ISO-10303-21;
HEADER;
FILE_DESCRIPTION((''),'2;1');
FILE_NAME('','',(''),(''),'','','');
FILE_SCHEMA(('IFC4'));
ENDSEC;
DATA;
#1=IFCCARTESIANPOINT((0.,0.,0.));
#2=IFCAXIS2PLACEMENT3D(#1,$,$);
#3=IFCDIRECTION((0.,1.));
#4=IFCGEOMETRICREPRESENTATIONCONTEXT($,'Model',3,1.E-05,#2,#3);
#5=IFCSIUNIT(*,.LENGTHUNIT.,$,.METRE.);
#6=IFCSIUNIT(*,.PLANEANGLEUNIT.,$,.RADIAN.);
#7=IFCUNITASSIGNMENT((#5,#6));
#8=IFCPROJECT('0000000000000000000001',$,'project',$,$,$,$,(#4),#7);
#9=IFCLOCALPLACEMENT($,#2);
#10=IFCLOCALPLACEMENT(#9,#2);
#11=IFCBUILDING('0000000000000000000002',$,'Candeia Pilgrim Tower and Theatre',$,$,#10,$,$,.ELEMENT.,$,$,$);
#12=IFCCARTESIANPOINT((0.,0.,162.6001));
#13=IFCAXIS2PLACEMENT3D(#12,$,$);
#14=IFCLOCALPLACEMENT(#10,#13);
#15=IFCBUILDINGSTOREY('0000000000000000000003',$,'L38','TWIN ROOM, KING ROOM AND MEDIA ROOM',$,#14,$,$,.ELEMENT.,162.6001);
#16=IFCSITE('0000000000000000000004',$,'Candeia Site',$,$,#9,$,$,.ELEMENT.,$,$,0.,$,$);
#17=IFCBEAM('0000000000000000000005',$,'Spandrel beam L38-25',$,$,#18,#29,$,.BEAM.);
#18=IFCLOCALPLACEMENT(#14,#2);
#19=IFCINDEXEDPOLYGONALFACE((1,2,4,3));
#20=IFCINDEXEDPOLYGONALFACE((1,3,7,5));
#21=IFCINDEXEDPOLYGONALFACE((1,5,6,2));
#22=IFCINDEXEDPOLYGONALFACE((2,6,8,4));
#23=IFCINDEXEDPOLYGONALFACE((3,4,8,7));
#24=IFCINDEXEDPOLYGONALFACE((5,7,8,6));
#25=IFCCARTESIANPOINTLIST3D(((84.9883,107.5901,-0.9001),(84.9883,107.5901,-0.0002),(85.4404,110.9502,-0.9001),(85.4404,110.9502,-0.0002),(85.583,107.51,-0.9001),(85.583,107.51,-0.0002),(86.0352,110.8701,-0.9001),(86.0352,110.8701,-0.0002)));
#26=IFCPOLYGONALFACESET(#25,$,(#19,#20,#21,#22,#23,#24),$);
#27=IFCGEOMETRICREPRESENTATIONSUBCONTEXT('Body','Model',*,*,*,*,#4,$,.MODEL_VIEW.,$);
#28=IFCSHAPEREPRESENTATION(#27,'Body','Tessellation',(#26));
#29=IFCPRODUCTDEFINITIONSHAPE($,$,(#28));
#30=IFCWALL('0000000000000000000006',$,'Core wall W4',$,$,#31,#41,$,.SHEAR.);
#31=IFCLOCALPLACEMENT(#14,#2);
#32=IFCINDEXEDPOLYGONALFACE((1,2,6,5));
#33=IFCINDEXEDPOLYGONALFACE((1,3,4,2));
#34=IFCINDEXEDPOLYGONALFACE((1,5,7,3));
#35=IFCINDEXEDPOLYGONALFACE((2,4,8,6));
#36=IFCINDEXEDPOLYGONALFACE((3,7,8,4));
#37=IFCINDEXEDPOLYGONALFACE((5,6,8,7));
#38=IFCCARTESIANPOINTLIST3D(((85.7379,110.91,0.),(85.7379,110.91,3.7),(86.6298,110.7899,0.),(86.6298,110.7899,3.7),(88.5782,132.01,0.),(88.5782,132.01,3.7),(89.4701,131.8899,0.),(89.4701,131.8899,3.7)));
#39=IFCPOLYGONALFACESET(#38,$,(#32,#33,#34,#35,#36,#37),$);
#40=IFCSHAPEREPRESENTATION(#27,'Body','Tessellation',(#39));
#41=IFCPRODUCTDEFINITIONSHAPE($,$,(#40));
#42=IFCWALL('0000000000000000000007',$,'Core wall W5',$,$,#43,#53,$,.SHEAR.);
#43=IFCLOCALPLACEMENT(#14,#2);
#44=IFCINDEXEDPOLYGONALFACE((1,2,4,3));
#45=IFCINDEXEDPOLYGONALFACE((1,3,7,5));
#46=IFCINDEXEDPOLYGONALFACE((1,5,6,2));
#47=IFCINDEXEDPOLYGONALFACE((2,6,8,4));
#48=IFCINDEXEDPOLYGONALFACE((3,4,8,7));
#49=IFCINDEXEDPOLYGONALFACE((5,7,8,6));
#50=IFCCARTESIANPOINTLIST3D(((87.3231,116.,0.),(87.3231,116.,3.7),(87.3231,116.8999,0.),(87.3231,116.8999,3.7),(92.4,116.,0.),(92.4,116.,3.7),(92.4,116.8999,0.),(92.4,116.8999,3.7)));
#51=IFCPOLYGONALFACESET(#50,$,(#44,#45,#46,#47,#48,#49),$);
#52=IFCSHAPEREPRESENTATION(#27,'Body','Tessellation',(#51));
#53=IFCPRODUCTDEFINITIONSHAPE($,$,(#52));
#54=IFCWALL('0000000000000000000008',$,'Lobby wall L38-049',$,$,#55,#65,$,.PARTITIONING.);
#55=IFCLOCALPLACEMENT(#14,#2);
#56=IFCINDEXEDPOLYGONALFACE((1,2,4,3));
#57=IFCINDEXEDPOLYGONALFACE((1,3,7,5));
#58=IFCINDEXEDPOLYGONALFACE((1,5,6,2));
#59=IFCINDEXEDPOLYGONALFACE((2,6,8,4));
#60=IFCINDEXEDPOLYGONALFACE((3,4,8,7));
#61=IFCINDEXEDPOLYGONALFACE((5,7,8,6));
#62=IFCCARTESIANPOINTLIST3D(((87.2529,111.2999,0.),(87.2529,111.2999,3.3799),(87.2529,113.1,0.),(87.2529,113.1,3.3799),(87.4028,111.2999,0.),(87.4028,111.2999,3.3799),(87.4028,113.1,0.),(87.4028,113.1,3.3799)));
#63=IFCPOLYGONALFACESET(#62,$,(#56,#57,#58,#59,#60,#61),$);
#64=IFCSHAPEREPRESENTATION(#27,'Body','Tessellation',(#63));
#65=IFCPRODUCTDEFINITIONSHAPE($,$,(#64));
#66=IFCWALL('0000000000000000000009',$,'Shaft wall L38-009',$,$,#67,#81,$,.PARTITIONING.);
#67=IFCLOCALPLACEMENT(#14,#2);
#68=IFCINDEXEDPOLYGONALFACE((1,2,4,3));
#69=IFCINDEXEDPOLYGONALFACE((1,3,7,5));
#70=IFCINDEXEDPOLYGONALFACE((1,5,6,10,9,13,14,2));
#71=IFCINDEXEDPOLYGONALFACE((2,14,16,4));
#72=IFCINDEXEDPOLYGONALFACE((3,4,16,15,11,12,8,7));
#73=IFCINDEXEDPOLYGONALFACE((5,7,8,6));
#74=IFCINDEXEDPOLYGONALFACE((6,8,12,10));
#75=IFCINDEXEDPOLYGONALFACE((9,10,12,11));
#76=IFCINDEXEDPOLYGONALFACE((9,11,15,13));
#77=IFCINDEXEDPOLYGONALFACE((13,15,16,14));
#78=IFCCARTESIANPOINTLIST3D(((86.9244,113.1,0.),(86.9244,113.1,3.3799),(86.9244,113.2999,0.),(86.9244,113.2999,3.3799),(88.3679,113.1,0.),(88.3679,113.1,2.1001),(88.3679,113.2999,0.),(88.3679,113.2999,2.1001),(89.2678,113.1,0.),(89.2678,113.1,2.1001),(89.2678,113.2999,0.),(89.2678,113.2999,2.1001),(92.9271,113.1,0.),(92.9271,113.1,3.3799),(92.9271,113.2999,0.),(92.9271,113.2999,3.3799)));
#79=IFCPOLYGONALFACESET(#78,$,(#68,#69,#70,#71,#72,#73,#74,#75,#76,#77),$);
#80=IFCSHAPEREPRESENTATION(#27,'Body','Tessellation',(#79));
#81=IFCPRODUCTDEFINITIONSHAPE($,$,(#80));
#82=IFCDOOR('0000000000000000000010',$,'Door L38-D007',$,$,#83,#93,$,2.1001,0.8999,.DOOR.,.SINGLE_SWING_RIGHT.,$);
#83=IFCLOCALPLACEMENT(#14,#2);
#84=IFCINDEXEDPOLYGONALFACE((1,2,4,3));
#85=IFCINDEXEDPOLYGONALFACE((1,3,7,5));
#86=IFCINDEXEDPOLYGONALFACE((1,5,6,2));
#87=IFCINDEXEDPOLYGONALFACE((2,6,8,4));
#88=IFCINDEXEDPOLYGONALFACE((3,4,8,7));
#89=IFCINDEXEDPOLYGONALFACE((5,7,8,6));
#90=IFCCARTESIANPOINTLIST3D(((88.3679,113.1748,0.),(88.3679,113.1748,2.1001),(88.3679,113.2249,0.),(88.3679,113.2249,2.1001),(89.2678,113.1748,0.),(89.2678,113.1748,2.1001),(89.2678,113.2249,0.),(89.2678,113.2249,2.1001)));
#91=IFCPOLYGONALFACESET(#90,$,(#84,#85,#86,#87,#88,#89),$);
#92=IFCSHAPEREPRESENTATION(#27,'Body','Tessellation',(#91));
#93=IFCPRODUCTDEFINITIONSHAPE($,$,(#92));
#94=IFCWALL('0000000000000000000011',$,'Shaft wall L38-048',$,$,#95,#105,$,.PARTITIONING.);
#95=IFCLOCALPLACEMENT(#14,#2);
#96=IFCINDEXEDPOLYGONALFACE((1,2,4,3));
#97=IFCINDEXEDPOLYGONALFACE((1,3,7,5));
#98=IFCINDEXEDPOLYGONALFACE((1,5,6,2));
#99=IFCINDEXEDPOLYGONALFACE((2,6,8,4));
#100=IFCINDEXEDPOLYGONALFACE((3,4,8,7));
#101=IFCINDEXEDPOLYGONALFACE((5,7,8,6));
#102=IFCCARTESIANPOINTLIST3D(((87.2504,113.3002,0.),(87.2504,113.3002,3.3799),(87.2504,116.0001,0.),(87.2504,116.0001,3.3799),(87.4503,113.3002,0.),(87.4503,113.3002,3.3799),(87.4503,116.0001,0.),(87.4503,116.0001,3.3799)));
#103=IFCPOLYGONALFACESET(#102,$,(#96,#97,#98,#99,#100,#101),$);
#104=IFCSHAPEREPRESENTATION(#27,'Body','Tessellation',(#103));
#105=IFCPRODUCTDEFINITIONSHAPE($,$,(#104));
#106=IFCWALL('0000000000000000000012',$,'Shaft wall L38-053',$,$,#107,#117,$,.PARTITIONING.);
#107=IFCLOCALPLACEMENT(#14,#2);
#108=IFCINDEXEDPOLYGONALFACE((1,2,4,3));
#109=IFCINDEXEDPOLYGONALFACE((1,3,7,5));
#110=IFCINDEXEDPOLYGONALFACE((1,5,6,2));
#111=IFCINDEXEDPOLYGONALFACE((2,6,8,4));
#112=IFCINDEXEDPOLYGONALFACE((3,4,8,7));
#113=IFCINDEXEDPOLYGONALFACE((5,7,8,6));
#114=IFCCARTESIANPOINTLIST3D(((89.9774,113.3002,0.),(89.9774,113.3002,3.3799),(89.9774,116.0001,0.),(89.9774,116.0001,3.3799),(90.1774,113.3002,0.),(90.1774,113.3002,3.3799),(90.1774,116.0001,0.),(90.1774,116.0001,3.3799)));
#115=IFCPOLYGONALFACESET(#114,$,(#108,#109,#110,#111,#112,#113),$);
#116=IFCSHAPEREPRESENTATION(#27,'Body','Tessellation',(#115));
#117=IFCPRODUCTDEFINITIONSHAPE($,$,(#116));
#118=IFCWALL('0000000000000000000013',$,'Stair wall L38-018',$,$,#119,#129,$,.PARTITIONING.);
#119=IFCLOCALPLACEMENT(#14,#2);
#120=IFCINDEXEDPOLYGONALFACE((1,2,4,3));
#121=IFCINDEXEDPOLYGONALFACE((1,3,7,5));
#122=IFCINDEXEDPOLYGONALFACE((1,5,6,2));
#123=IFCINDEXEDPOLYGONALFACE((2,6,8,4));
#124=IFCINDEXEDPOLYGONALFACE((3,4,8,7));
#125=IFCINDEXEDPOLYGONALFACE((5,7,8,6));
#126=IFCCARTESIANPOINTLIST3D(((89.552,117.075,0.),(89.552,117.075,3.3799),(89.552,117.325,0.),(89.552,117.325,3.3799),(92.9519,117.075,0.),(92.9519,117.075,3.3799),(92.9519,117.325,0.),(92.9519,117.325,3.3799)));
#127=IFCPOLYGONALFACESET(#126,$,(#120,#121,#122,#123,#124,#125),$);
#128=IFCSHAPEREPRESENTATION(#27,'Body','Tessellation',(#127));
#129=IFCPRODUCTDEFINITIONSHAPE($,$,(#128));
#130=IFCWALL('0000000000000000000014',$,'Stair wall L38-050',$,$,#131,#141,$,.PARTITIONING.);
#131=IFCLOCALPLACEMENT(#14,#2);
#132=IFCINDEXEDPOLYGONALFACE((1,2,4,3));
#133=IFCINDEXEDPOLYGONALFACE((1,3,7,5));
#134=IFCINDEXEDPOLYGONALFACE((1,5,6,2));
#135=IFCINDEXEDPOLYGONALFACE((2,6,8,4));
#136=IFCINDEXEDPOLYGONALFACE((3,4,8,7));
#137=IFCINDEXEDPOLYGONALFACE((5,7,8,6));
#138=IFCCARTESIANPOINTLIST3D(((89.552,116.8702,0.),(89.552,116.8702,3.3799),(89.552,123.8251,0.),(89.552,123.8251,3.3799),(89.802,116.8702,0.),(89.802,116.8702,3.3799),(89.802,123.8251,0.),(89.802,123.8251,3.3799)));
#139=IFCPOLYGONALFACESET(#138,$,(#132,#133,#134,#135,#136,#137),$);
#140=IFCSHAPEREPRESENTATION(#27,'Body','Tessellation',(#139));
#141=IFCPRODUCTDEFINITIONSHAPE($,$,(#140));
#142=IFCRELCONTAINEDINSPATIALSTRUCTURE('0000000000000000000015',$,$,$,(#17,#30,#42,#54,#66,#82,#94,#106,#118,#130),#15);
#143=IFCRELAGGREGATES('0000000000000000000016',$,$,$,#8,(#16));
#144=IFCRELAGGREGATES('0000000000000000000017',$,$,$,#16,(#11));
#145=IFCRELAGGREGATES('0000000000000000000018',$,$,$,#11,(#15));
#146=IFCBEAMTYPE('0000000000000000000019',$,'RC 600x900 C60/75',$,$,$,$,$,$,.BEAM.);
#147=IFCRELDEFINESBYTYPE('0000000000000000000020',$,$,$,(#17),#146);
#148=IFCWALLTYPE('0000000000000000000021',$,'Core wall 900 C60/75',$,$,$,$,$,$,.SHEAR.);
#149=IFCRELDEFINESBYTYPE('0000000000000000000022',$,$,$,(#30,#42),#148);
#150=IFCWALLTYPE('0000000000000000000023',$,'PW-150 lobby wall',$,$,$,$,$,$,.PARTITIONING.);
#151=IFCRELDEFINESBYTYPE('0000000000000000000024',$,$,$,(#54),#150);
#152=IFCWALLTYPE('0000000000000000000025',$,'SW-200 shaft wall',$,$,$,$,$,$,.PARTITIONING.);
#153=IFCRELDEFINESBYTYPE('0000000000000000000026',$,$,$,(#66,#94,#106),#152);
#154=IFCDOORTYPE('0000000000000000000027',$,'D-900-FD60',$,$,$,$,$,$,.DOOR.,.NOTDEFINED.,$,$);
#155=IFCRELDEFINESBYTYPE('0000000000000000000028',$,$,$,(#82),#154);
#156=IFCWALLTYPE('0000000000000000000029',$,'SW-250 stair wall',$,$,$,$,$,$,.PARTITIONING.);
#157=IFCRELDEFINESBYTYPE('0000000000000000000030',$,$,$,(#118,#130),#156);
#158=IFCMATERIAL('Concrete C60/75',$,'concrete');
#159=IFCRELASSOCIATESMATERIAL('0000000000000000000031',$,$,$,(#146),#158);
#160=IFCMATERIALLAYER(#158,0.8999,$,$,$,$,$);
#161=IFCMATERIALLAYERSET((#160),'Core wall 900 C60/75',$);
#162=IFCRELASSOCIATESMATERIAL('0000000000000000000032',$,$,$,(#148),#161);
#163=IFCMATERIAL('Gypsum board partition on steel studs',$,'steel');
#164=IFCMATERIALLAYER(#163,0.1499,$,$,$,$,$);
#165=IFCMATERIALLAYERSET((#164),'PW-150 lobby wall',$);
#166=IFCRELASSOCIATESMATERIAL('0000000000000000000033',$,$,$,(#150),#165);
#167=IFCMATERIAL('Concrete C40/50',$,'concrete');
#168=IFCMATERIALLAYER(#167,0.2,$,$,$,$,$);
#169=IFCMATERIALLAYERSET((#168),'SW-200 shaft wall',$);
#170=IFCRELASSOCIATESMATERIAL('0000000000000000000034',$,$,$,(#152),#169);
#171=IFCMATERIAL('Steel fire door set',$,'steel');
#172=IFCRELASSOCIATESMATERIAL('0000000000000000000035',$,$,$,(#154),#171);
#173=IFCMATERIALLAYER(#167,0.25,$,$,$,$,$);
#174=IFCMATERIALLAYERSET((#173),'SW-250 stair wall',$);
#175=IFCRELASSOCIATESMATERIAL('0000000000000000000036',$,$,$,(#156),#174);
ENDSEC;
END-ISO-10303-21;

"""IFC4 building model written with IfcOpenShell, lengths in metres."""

from ifc_helpers import new_model, si_unit, direction, frame, frame_2d, origin, origin_2d, place, context, subcontext, project, spatial, rectangle, extrude, material, layer, layer_set, material_profile, profile_set, type_object, element, fill, save


model = new_model("IFC4")

# Units and contexts
model_context = context("Model", 3, precision=1e-05, world=origin(), true_north=direction((0.0, 1.0)))
body_context = subcontext(model_context, "Body", "Model", "MODEL_VIEW")
ifc_project = project(units=[si_unit("LENGTHUNIT", "METRE"), si_unit("PLANEANGLEUNIT", "RADIAN")], contexts=[model_context])

# Site, building, storey
site_placement = place(None, origin())
site = spatial("IfcSite", under=ifc_project, at=site_placement, Name="Candeia Site", CompositionType="ELEMENT", RefElevation=0.0)
building_placement = place(site_placement, origin())
building = spatial("IfcBuilding", under=site, at=building_placement, Name="Candeia Pilgrim Tower and Theatre", CompositionType="ELEMENT")
storey_placement = place(building_placement, frame((0.0, 0.0, 162.6001)))
storey = spatial("IfcBuildingStorey", under=building, at=storey_placement, Name="L38", Description="TWIN ROOM, KING ROOM AND MEDIA ROOM", CompositionType="ELEMENT", Elevation=162.6001)

# Beam
ifc_material_1 = material(Name="Concrete C60/75", Category="concrete")
ifc_material_profile = material_profile(ifc_material_1, rectangle(XDim=0.6001, YDim=0.8999, at=origin_2d()))
ifc_profile_set = profile_set([ifc_material_profile], Name="Concrete C60/75")
beam_type = type_object("IfcBeamType", Name="RC 600x900 C60/75", PredefinedType="BEAM", material=ifc_profile_set)
beam_placement = place(storey_placement, frame((85.7378, 110.9102, -0.4502), z_axis=(-0.133362, -0.991067, 0.0), x_axis=(0.991067, -0.133362, 0.0)))
element("IfcBeam", 1, at=beam_placement, inside=storey, type_object=beam_type, Name="Spandrel beam L38-25", PredefinedType="BEAM", context=body_context, shape_type="SweptSolid", body=[
    extrude(rectangle(XDim=0.6001, YDim=0.8999, at=origin_2d()), origin(), (0.0, 0.0, 1.0), 3.3904),
])

# Walls
ifc_layer_1 = layer(ifc_material_1, 0.8999)
ifc_layer_set_1 = layer_set([ifc_layer_1], Name="Core wall 900 C60/75")
wall_type_1 = type_object("IfcWallType", Name="Core wall 900 C60/75", PredefinedType="SHEAR", material=ifc_layer_set_1)
wall_1_placement = place(storey_placement, frame((86.1838, 110.8501, 0.0), z_axis=(0.0, 0.0, 1.0), x_axis=(0.13341, 0.991061, 0.0)))
element("IfcWall", 2, at=wall_1_placement, inside=storey, type_object=wall_type_1, Name="Core wall W4", PredefinedType="SHEAR", context=body_context, shape_type="SweptSolid", body=[
    extrude(rectangle(XDim=21.2903, YDim=0.8999, at=frame_2d((10.645, 0.0))), origin(), (0.0, 0.0, 1.0), 3.7),
])
wall_2_placement = place(storey_placement, frame((87.323, 116.45, 0.0), z_axis=(0.0, 0.0, 1.0), x_axis=(1.0, 0.0, 0.0)))
element("IfcWall", 3, at=wall_2_placement, inside=storey, type_object=wall_type_1, Name="Core wall W5", PredefinedType="SHEAR", context=body_context, shape_type="SweptSolid", body=[
    extrude(rectangle(XDim=5.0769, YDim=0.8999, at=frame_2d((2.5386, 0.0))), origin(), (0.0, 0.0, 1.0), 3.7),
])
ifc_material_2 = material(Name="Gypsum board partition on steel studs", Category="steel")
ifc_layer_2 = layer(ifc_material_2, 0.1499)
ifc_layer_set_2 = layer_set([ifc_layer_2], Name="PW-150 lobby wall")
wall_type_2 = type_object("IfcWallType", Name="PW-150 lobby wall", PredefinedType="PARTITIONING", material=ifc_layer_set_2)
wall_3_placement = place(storey_placement, frame((87.3279, 111.3, 0.0), z_axis=(0.0, 0.0, 1.0), x_axis=(0.0, 1.0, 0.0)))
element("IfcWall", 4, at=wall_3_placement, inside=storey, type_object=wall_type_2, Name="Lobby wall L38-049", PredefinedType="PARTITIONING", context=body_context, shape_type="SweptSolid", body=[
    extrude(rectangle(XDim=1.8, YDim=0.1499, at=frame_2d((0.8999, 0.0))), origin(), (0.0, 0.0, 1.0), 3.3799),
])

# Wall, opening, door
ifc_material_3 = material(Name="Concrete C40/50", Category="concrete")
ifc_layer_3 = layer(ifc_material_3, 0.2)
ifc_layer_set_3 = layer_set([ifc_layer_3], Name="SW-200 shaft wall")
wall_type_3 = type_object("IfcWallType", Name="SW-200 shaft wall", PredefinedType="PARTITIONING", material=ifc_layer_set_3)
wall_4_placement = place(storey_placement, frame((86.9243, 113.2, 0.0), z_axis=(0.0, 0.0, 1.0), x_axis=(1.0, 0.0, 0.0)))
wall_4 = element("IfcWall", 5, at=wall_4_placement, inside=storey, type_object=wall_type_3, Name="Shaft wall L38-009", PredefinedType="PARTITIONING", context=body_context, shape_type="SweptSolid", body=[
    extrude(rectangle(XDim=6.0027, YDim=0.2, at=frame_2d((3.0015, 0.0))), origin(), (0.0, 0.0, 1.0), 3.3799),
])
opening_placement = place(wall_4_placement, frame((1.4436, 0.0, 0.0)))
opening = element("IfcOpeningElement", 6, at=opening_placement, cuts=wall_4, PredefinedType="OPENING", context=body_context, shape_type="SweptSolid", body=[
    extrude(rectangle(XDim=0.8999, YDim=2.1001, at=frame_2d((0.45, 1.05))), frame((0.0, 0.1099, 0.0), z_axis=(0.0, -1.0, 0.0), x_axis=(1.0, 0.0, 0.0)), (0.0, 0.0, 1.0), 0.22),
])
ifc_material_4 = material(Name="Steel fire door set", Category="steel")
door_type = type_object("IfcDoorType", Name="D-900-FD60", OperationType="NOTDEFINED", PredefinedType="DOOR", material=ifc_material_4)
door_placement = place(opening_placement, origin())
door = element("IfcDoor", 7, at=door_placement, inside=storey, type_object=door_type, Name="Door L38-D007", OperationType="SINGLE_SWING_RIGHT", OverallHeight=2.1001, OverallWidth=0.8999, PredefinedType="DOOR", context=body_context, shape_type="SweptSolid", body=[
    extrude(rectangle(XDim=0.8999, YDim=2.1001, at=frame_2d((0.45, 1.05))), frame((0.0, 0.0249, 0.0), z_axis=(0.0, -1.0, 0.0), x_axis=(1.0, 0.0, 0.0)), (0.0, 0.0, 1.0), 0.05),
])
fill(opening, door)

# Walls
for number, where, z_axis, x_axis, name in (
    (8, (87.3503, 113.3, 0.0), (0.0, 0.0, 1.0), (0.0, 1.0, 0.0), "Shaft wall L38-048"),
    (9, (90.0774, 113.3, 0.0), (0.0, 0.0, 1.0), (0.0, 1.0, 0.0), "Shaft wall L38-053"),
):
    element("IfcWall", number, at=place(storey_placement, frame(where, z_axis=z_axis, x_axis=x_axis)), inside=storey, type_object=wall_type_3, Name=name, PredefinedType="PARTITIONING", context=body_context, shape_type="SweptSolid", body=[
        extrude(rectangle(XDim=2.7, YDim=0.2, at=frame_2d((1.3501, 0.0))), origin(), (0.0, 0.0, 1.0), 3.3799),
    ])
ifc_layer_4 = layer(ifc_material_3, 0.25)
ifc_layer_set_4 = layer_set([ifc_layer_4], Name="SW-250 stair wall")
wall_type_4 = type_object("IfcWallType", Name="SW-250 stair wall", PredefinedType="PARTITIONING", material=ifc_layer_set_4)
wall_5_placement = place(storey_placement, frame((89.552, 117.2, 0.0), z_axis=(0.0, 0.0, 1.0), x_axis=(1.0, 0.0, 0.0)))
element("IfcWall", 10, at=wall_5_placement, inside=storey, type_object=wall_type_4, Name="Stair wall L38-018", PredefinedType="PARTITIONING", context=body_context, shape_type="SweptSolid", body=[
    extrude(rectangle(XDim=3.3999, YDim=0.25, at=frame_2d((1.7, 0.0))), origin(), (0.0, 0.0, 1.0), 3.3799),
])
wall_6_placement = place(storey_placement, frame((89.677, 116.8701, 0.0), z_axis=(0.0, 0.0, 1.0), x_axis=(0.0, 1.0, 0.0)))
element("IfcWall", 11, at=wall_6_placement, inside=storey, type_object=wall_type_4, Name="Stair wall L38-050", PredefinedType="PARTITIONING", context=body_context, shape_type="SweptSolid", body=[
    extrude(rectangle(XDim=6.9548, YDim=0.25, at=frame_2d((3.4775, 0.0))), origin(), (0.0, 0.0, 1.0), 3.3799),
])

save(model, "model.ifc")
